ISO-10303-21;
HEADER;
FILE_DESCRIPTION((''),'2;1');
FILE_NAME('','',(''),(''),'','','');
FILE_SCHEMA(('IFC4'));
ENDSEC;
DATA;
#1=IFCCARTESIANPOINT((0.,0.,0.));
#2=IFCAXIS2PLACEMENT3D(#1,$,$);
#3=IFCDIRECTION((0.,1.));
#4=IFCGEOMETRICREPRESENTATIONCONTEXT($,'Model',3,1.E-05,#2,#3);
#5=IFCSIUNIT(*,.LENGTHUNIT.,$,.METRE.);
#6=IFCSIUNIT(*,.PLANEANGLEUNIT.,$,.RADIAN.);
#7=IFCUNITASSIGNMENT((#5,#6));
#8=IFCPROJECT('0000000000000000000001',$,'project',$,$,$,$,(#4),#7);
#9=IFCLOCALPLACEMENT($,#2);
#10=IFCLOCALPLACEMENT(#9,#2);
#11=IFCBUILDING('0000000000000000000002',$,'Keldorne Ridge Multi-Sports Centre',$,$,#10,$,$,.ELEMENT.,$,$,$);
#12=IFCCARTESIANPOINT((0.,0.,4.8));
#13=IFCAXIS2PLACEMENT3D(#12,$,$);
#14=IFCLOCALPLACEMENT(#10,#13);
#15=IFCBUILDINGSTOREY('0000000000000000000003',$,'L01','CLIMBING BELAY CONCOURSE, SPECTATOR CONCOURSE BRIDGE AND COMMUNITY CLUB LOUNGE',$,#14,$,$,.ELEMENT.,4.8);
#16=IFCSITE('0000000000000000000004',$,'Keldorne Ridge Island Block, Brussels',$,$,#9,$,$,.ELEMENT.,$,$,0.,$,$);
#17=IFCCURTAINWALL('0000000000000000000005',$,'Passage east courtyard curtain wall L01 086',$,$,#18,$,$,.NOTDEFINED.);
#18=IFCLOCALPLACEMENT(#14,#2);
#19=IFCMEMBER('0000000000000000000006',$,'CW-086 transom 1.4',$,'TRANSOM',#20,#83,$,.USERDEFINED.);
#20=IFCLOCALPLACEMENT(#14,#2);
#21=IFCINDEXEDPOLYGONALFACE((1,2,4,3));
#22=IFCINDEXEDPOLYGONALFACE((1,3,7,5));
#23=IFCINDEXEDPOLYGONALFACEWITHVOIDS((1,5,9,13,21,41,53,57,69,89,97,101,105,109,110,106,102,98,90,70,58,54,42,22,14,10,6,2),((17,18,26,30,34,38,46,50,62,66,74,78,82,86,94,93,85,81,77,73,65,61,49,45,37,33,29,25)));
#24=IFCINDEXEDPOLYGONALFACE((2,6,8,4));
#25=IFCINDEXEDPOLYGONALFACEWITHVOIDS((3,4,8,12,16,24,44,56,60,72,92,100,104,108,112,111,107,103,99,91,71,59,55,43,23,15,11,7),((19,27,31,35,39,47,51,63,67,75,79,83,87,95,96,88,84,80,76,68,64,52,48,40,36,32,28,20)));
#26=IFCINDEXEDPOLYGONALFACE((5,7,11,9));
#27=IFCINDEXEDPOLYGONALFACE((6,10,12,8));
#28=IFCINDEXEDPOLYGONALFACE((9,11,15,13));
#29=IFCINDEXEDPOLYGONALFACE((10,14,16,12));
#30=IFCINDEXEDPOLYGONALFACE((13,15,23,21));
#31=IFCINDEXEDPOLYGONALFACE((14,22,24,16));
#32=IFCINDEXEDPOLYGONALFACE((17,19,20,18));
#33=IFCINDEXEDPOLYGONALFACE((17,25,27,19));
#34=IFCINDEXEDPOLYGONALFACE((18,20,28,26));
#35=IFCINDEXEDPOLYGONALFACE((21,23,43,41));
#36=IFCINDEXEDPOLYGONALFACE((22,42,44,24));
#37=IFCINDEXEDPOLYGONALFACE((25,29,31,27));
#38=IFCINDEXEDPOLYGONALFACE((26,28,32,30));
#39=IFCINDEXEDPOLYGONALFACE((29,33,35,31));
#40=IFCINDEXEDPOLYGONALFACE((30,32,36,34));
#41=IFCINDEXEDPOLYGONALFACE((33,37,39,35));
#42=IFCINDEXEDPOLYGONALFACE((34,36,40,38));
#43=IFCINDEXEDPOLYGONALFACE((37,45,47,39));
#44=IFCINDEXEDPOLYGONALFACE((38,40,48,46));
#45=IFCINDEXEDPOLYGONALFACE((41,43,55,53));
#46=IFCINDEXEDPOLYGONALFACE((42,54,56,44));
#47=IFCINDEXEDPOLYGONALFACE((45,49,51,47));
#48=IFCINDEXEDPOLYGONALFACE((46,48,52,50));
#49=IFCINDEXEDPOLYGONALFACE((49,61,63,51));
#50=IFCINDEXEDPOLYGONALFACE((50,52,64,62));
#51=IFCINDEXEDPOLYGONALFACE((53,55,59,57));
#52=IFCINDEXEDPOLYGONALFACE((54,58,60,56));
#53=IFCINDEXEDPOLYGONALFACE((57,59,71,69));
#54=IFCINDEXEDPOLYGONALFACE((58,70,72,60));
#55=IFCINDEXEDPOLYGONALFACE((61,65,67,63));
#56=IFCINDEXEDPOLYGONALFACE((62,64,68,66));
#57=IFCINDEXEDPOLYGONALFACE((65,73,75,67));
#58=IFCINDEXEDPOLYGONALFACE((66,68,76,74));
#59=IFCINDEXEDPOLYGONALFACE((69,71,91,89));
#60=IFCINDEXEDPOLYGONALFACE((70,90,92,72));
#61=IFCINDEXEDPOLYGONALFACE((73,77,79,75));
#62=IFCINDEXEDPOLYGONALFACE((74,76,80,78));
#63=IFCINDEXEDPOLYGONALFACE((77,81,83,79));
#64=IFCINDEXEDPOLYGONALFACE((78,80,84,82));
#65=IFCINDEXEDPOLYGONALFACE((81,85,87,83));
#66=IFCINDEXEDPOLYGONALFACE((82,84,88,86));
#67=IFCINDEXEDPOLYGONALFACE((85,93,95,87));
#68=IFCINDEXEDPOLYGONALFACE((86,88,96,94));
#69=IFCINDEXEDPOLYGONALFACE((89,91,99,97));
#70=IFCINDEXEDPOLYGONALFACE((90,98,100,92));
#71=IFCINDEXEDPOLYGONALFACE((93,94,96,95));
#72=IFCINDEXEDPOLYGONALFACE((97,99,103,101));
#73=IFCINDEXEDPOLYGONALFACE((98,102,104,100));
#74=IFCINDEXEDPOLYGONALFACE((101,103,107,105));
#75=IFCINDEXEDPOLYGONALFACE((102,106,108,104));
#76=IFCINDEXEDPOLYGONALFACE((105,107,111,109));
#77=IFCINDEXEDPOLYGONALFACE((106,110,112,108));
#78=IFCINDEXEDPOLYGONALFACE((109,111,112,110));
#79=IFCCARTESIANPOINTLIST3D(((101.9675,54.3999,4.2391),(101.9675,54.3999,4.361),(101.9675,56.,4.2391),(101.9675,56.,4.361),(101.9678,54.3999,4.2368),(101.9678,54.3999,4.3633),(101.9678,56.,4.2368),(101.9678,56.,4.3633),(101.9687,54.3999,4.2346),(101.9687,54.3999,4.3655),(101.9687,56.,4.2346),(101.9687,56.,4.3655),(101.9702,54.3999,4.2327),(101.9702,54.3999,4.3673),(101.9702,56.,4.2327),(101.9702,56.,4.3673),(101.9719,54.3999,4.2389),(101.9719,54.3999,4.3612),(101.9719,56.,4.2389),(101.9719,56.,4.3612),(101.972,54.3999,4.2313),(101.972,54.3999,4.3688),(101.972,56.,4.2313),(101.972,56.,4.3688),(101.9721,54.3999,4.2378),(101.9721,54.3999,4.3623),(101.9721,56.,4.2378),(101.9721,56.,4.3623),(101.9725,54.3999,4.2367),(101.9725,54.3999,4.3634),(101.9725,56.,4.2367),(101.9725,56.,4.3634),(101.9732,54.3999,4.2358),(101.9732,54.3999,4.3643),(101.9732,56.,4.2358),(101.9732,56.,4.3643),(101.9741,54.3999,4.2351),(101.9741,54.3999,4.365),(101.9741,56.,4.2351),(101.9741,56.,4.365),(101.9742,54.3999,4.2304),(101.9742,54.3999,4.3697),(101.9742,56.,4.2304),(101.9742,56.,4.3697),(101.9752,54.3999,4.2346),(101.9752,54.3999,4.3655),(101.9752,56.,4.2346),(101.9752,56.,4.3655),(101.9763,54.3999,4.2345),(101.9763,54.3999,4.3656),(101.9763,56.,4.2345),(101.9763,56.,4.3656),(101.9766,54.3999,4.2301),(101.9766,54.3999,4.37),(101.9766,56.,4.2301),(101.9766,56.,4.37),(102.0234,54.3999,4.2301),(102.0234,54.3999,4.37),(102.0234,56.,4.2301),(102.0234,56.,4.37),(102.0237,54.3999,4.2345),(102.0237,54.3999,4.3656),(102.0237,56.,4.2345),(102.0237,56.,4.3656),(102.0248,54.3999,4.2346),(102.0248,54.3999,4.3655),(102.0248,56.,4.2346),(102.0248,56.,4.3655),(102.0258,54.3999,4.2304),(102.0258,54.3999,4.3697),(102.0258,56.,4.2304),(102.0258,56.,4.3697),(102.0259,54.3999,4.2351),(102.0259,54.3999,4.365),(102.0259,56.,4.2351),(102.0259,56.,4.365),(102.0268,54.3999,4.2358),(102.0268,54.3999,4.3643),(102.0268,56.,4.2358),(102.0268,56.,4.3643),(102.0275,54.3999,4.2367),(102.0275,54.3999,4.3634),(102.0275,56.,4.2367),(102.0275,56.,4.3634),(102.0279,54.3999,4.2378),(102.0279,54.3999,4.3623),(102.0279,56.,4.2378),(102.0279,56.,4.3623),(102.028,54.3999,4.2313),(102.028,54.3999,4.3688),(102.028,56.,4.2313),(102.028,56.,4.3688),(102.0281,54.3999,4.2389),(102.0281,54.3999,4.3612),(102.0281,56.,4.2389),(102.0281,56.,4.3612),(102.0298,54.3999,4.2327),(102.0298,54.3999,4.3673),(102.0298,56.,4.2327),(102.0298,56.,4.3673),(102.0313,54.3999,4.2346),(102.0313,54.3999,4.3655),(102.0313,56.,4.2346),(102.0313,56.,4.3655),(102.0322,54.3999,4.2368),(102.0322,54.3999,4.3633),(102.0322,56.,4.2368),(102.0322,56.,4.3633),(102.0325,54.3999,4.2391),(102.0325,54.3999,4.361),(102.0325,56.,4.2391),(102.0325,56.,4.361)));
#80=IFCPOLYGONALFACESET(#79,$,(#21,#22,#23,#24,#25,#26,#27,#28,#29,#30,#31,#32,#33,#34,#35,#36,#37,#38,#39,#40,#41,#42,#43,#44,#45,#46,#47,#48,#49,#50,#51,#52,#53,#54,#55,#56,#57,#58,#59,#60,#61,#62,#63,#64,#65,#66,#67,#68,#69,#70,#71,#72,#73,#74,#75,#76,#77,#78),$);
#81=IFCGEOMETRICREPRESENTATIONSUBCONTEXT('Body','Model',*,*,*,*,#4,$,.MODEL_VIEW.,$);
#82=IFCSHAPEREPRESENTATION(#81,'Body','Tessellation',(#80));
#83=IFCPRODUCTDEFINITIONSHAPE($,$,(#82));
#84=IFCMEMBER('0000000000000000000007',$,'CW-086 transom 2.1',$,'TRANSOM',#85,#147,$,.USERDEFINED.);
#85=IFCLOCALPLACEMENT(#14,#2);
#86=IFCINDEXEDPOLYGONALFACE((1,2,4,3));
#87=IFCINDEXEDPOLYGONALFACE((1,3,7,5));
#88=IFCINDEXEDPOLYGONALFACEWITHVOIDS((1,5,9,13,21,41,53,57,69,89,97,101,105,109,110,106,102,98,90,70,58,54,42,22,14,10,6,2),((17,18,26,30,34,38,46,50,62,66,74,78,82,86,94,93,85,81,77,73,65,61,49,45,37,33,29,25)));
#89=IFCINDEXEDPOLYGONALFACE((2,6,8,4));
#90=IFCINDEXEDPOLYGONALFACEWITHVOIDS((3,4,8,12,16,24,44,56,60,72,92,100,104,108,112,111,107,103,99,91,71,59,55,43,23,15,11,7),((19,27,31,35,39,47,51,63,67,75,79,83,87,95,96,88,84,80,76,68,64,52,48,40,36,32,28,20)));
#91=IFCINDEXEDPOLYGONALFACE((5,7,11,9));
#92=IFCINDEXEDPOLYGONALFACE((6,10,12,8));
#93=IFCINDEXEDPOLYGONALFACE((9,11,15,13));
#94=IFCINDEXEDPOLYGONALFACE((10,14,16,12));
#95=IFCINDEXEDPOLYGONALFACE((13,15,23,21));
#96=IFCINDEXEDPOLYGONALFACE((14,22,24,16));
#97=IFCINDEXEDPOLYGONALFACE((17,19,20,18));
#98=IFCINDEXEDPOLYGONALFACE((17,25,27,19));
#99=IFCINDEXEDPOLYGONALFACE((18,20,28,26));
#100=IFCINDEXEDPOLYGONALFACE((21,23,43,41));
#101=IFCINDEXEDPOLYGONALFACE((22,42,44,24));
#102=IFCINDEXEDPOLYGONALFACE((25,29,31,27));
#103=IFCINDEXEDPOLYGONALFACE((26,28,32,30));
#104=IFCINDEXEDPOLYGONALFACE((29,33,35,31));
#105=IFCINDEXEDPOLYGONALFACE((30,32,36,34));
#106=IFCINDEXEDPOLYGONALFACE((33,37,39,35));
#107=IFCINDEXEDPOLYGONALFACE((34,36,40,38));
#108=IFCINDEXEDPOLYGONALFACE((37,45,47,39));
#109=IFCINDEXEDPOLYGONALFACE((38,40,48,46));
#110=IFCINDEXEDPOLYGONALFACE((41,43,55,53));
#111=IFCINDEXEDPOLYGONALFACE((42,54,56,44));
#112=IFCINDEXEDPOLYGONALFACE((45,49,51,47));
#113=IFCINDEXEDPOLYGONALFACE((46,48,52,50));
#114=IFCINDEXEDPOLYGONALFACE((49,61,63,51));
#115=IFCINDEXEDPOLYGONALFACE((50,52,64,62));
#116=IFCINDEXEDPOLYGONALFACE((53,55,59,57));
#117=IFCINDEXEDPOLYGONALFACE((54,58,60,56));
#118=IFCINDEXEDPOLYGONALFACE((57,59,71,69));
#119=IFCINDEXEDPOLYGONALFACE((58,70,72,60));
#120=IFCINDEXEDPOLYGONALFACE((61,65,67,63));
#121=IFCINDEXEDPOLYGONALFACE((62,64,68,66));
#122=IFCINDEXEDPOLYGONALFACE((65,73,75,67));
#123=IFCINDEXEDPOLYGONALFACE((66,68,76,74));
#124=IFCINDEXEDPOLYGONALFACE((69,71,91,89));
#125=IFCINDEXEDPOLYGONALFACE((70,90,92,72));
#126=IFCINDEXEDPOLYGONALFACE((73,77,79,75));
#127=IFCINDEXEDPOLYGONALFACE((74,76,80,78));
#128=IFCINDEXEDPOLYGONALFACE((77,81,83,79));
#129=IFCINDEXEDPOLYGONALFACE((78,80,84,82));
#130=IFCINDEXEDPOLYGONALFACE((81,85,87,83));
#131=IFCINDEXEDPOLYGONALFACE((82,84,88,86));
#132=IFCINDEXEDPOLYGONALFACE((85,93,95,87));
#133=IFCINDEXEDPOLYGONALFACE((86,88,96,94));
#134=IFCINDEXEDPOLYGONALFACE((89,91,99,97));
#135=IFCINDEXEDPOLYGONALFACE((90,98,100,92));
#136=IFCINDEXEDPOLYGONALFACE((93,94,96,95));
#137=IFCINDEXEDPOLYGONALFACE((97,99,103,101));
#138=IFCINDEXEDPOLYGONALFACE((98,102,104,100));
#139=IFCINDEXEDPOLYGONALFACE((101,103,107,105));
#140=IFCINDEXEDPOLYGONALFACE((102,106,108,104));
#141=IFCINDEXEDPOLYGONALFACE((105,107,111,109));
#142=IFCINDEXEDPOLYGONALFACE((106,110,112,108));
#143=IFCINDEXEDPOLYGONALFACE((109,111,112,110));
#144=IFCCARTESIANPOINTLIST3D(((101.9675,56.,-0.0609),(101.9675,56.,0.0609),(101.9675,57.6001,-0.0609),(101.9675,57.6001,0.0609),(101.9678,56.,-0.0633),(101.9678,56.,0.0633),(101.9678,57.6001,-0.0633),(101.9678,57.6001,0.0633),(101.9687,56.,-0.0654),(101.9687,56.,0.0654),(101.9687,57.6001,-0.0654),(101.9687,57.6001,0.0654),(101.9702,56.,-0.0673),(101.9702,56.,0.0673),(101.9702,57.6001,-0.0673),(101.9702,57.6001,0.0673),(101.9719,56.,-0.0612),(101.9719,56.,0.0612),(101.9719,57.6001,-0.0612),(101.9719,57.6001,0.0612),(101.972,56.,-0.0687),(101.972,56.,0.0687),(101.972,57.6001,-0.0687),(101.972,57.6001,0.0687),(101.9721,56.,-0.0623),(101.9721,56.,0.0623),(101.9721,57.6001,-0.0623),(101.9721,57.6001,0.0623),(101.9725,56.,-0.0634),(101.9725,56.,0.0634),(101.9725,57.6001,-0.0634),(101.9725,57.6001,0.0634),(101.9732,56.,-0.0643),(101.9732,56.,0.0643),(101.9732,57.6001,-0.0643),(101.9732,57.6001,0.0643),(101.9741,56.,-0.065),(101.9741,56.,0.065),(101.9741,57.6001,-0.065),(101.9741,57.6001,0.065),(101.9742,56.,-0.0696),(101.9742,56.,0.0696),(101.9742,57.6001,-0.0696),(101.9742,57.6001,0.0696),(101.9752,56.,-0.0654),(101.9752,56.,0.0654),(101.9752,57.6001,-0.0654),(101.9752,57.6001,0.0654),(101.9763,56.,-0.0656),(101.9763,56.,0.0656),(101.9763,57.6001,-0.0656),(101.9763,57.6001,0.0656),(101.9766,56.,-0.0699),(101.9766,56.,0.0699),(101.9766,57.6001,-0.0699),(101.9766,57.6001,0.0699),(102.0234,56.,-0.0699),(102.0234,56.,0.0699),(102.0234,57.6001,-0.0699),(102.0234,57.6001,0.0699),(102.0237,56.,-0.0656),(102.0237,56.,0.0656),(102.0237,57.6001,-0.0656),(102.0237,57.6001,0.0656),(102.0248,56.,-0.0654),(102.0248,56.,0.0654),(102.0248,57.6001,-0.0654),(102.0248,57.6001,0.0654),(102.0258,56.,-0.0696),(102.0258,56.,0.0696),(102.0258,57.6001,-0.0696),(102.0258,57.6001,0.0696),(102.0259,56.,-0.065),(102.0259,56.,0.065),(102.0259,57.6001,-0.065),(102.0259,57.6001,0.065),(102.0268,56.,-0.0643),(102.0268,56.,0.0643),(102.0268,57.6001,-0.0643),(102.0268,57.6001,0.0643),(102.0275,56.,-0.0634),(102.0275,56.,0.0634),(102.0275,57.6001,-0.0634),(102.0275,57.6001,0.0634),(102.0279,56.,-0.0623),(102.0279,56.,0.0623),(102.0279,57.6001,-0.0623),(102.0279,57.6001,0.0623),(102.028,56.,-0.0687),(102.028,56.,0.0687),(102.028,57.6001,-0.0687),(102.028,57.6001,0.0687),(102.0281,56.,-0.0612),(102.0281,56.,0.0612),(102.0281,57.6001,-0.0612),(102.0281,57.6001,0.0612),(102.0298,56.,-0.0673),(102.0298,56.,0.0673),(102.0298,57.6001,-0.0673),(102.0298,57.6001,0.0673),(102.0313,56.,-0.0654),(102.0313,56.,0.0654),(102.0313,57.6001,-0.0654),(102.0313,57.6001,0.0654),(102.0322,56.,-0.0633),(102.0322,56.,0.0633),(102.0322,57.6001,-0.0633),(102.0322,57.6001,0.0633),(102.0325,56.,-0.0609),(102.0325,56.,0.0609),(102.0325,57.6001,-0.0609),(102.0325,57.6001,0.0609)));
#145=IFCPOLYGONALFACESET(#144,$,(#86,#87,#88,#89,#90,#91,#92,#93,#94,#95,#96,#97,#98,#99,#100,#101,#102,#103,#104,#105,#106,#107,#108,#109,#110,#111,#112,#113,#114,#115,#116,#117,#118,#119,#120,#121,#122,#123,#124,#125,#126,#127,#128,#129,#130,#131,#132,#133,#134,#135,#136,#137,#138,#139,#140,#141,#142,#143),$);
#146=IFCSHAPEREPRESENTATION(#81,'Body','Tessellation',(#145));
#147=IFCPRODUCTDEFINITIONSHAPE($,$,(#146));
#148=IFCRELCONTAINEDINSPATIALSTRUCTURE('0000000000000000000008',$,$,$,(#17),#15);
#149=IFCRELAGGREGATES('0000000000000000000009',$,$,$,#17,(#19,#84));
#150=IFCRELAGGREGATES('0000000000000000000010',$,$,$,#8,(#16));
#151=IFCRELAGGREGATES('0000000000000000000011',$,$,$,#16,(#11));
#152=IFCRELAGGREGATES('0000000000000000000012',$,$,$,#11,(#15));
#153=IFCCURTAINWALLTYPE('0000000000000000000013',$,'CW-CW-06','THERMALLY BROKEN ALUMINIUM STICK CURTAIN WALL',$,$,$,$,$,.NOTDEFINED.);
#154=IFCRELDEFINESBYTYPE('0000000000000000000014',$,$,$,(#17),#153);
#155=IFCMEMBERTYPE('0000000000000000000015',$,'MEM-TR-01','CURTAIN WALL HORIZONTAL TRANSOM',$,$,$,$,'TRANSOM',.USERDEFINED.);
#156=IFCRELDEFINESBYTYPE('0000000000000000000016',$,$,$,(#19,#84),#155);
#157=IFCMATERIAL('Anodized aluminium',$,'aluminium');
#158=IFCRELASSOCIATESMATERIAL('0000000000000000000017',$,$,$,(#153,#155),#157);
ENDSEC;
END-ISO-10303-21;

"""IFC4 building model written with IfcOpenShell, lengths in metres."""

from ifc_helpers import new_model, si_unit, direction, frame, origin, origin_2d, place, context, subcontext, project, spatial, hollow_rectangle, extrude, material, material_profile, profile_set, type_object, element, aggregate, save


model = new_model("IFC4")

# Units and contexts
model_context = context("Model", 3, precision=1e-05, world=origin(), true_north=direction((0.0, 1.0)))
body_context = subcontext(model_context, "Body", "Model", "MODEL_VIEW")
ifc_project = project(units=[si_unit("LENGTHUNIT", "METRE"), si_unit("PLANEANGLEUNIT", "RADIAN")], contexts=[model_context])

# Site, building, storey
site_placement = place(None, origin())
site = spatial("IfcSite", under=ifc_project, at=site_placement, Name="Keldorne Ridge Island Block, Brussels", CompositionType="ELEMENT", RefElevation=0.0)
building_placement = place(site_placement, origin())
building = spatial("IfcBuilding", under=site, at=building_placement, Name="Keldorne Ridge Multi-Sports Centre", CompositionType="ELEMENT")
storey_placement = place(building_placement, frame((0.0, 0.0, 4.8)))
storey = spatial("IfcBuildingStorey", under=building, at=storey_placement, Name="L01", Description="CLIMBING BELAY CONCOURSE, SPECTATOR CONCOURSE BRIDGE AND COMMUNITY CLUB LOUNGE", CompositionType="ELEMENT", Elevation=4.8)

# Curtain wall, members
ifc_material_1 = material(Name="Anodized aluminium", Category="aluminium")
curtain_wall_type = type_object("IfcCurtainWallType", Name="CW-CW-06", Description="THERMALLY BROKEN ALUMINIUM STICK CURTAIN WALL", PredefinedType="NOTDEFINED", material=ifc_material_1)
curtain_wall_placement = place(storey_placement, origin())
curtain_wall = element("IfcCurtainWall", 1, at=curtain_wall_placement, inside=storey, type_object=curtain_wall_type, Name="Passage east courtyard curtain wall L01 086", PredefinedType="NOTDEFINED")
ifc_material_profile_1 = material_profile(ifc_material_1, hollow_rectangle(XDim=0.0649, YDim=0.1399, WallThickness=0.0044, InnerFilletRadius=0.0044, OuterFilletRadius=0.009, at=origin_2d()), Name="ALU TRANSOM 140x65x4.5")
ifc_profile_set_1 = profile_set([ifc_material_profile_1], Name="Anodized aluminium")
member_type_1 = type_object("IfcMemberType", Name="MEM-TR-01", Description="CURTAIN WALL HORIZONTAL TRANSOM", ElementType="TRANSOM", PredefinedType="USERDEFINED", material=ifc_profile_set_1)
member_1_placement = place(storey_placement, frame((102.0, 54.3999, 4.3), z_axis=(0.0, 1.0, 0.0), x_axis=(-1.0, 0.0, 0.0)))
member_1 = element("IfcMember", 2, at=member_1_placement, type_object=member_type_1, Name="CW-086 transom 1.4", ObjectType="TRANSOM", PredefinedType="USERDEFINED", context=body_context, shape_type="SweptSolid", body=[
    extrude(hollow_rectangle(XDim=0.0649, YDim=0.1399, WallThickness=0.0044, InnerFilletRadius=0.0044, OuterFilletRadius=0.009, at=origin_2d()), origin(), (0.0, 0.0, 1.0), 1.6001),
])
member_2_placement = place(storey_placement, frame((102.0, 56.0, 0.0), z_axis=(0.0, 1.0, 0.0), x_axis=(-1.0, 0.0, 0.0)))
member_2 = element("IfcMember", 3, at=member_2_placement, type_object=member_type_1, Name="CW-086 transom 2.1", ObjectType="TRANSOM", PredefinedType="USERDEFINED", context=body_context, shape_type="SweptSolid", body=[
    extrude(hollow_rectangle(XDim=0.0649, YDim=0.1399, WallThickness=0.0044, InnerFilletRadius=0.0044, OuterFilletRadius=0.009, at=origin_2d()), origin(), (0.0, 0.0, 1.0), 1.6001),
])

aggregate(curtain_wall, [member_1, member_2])

save(model, "model.ifc")
